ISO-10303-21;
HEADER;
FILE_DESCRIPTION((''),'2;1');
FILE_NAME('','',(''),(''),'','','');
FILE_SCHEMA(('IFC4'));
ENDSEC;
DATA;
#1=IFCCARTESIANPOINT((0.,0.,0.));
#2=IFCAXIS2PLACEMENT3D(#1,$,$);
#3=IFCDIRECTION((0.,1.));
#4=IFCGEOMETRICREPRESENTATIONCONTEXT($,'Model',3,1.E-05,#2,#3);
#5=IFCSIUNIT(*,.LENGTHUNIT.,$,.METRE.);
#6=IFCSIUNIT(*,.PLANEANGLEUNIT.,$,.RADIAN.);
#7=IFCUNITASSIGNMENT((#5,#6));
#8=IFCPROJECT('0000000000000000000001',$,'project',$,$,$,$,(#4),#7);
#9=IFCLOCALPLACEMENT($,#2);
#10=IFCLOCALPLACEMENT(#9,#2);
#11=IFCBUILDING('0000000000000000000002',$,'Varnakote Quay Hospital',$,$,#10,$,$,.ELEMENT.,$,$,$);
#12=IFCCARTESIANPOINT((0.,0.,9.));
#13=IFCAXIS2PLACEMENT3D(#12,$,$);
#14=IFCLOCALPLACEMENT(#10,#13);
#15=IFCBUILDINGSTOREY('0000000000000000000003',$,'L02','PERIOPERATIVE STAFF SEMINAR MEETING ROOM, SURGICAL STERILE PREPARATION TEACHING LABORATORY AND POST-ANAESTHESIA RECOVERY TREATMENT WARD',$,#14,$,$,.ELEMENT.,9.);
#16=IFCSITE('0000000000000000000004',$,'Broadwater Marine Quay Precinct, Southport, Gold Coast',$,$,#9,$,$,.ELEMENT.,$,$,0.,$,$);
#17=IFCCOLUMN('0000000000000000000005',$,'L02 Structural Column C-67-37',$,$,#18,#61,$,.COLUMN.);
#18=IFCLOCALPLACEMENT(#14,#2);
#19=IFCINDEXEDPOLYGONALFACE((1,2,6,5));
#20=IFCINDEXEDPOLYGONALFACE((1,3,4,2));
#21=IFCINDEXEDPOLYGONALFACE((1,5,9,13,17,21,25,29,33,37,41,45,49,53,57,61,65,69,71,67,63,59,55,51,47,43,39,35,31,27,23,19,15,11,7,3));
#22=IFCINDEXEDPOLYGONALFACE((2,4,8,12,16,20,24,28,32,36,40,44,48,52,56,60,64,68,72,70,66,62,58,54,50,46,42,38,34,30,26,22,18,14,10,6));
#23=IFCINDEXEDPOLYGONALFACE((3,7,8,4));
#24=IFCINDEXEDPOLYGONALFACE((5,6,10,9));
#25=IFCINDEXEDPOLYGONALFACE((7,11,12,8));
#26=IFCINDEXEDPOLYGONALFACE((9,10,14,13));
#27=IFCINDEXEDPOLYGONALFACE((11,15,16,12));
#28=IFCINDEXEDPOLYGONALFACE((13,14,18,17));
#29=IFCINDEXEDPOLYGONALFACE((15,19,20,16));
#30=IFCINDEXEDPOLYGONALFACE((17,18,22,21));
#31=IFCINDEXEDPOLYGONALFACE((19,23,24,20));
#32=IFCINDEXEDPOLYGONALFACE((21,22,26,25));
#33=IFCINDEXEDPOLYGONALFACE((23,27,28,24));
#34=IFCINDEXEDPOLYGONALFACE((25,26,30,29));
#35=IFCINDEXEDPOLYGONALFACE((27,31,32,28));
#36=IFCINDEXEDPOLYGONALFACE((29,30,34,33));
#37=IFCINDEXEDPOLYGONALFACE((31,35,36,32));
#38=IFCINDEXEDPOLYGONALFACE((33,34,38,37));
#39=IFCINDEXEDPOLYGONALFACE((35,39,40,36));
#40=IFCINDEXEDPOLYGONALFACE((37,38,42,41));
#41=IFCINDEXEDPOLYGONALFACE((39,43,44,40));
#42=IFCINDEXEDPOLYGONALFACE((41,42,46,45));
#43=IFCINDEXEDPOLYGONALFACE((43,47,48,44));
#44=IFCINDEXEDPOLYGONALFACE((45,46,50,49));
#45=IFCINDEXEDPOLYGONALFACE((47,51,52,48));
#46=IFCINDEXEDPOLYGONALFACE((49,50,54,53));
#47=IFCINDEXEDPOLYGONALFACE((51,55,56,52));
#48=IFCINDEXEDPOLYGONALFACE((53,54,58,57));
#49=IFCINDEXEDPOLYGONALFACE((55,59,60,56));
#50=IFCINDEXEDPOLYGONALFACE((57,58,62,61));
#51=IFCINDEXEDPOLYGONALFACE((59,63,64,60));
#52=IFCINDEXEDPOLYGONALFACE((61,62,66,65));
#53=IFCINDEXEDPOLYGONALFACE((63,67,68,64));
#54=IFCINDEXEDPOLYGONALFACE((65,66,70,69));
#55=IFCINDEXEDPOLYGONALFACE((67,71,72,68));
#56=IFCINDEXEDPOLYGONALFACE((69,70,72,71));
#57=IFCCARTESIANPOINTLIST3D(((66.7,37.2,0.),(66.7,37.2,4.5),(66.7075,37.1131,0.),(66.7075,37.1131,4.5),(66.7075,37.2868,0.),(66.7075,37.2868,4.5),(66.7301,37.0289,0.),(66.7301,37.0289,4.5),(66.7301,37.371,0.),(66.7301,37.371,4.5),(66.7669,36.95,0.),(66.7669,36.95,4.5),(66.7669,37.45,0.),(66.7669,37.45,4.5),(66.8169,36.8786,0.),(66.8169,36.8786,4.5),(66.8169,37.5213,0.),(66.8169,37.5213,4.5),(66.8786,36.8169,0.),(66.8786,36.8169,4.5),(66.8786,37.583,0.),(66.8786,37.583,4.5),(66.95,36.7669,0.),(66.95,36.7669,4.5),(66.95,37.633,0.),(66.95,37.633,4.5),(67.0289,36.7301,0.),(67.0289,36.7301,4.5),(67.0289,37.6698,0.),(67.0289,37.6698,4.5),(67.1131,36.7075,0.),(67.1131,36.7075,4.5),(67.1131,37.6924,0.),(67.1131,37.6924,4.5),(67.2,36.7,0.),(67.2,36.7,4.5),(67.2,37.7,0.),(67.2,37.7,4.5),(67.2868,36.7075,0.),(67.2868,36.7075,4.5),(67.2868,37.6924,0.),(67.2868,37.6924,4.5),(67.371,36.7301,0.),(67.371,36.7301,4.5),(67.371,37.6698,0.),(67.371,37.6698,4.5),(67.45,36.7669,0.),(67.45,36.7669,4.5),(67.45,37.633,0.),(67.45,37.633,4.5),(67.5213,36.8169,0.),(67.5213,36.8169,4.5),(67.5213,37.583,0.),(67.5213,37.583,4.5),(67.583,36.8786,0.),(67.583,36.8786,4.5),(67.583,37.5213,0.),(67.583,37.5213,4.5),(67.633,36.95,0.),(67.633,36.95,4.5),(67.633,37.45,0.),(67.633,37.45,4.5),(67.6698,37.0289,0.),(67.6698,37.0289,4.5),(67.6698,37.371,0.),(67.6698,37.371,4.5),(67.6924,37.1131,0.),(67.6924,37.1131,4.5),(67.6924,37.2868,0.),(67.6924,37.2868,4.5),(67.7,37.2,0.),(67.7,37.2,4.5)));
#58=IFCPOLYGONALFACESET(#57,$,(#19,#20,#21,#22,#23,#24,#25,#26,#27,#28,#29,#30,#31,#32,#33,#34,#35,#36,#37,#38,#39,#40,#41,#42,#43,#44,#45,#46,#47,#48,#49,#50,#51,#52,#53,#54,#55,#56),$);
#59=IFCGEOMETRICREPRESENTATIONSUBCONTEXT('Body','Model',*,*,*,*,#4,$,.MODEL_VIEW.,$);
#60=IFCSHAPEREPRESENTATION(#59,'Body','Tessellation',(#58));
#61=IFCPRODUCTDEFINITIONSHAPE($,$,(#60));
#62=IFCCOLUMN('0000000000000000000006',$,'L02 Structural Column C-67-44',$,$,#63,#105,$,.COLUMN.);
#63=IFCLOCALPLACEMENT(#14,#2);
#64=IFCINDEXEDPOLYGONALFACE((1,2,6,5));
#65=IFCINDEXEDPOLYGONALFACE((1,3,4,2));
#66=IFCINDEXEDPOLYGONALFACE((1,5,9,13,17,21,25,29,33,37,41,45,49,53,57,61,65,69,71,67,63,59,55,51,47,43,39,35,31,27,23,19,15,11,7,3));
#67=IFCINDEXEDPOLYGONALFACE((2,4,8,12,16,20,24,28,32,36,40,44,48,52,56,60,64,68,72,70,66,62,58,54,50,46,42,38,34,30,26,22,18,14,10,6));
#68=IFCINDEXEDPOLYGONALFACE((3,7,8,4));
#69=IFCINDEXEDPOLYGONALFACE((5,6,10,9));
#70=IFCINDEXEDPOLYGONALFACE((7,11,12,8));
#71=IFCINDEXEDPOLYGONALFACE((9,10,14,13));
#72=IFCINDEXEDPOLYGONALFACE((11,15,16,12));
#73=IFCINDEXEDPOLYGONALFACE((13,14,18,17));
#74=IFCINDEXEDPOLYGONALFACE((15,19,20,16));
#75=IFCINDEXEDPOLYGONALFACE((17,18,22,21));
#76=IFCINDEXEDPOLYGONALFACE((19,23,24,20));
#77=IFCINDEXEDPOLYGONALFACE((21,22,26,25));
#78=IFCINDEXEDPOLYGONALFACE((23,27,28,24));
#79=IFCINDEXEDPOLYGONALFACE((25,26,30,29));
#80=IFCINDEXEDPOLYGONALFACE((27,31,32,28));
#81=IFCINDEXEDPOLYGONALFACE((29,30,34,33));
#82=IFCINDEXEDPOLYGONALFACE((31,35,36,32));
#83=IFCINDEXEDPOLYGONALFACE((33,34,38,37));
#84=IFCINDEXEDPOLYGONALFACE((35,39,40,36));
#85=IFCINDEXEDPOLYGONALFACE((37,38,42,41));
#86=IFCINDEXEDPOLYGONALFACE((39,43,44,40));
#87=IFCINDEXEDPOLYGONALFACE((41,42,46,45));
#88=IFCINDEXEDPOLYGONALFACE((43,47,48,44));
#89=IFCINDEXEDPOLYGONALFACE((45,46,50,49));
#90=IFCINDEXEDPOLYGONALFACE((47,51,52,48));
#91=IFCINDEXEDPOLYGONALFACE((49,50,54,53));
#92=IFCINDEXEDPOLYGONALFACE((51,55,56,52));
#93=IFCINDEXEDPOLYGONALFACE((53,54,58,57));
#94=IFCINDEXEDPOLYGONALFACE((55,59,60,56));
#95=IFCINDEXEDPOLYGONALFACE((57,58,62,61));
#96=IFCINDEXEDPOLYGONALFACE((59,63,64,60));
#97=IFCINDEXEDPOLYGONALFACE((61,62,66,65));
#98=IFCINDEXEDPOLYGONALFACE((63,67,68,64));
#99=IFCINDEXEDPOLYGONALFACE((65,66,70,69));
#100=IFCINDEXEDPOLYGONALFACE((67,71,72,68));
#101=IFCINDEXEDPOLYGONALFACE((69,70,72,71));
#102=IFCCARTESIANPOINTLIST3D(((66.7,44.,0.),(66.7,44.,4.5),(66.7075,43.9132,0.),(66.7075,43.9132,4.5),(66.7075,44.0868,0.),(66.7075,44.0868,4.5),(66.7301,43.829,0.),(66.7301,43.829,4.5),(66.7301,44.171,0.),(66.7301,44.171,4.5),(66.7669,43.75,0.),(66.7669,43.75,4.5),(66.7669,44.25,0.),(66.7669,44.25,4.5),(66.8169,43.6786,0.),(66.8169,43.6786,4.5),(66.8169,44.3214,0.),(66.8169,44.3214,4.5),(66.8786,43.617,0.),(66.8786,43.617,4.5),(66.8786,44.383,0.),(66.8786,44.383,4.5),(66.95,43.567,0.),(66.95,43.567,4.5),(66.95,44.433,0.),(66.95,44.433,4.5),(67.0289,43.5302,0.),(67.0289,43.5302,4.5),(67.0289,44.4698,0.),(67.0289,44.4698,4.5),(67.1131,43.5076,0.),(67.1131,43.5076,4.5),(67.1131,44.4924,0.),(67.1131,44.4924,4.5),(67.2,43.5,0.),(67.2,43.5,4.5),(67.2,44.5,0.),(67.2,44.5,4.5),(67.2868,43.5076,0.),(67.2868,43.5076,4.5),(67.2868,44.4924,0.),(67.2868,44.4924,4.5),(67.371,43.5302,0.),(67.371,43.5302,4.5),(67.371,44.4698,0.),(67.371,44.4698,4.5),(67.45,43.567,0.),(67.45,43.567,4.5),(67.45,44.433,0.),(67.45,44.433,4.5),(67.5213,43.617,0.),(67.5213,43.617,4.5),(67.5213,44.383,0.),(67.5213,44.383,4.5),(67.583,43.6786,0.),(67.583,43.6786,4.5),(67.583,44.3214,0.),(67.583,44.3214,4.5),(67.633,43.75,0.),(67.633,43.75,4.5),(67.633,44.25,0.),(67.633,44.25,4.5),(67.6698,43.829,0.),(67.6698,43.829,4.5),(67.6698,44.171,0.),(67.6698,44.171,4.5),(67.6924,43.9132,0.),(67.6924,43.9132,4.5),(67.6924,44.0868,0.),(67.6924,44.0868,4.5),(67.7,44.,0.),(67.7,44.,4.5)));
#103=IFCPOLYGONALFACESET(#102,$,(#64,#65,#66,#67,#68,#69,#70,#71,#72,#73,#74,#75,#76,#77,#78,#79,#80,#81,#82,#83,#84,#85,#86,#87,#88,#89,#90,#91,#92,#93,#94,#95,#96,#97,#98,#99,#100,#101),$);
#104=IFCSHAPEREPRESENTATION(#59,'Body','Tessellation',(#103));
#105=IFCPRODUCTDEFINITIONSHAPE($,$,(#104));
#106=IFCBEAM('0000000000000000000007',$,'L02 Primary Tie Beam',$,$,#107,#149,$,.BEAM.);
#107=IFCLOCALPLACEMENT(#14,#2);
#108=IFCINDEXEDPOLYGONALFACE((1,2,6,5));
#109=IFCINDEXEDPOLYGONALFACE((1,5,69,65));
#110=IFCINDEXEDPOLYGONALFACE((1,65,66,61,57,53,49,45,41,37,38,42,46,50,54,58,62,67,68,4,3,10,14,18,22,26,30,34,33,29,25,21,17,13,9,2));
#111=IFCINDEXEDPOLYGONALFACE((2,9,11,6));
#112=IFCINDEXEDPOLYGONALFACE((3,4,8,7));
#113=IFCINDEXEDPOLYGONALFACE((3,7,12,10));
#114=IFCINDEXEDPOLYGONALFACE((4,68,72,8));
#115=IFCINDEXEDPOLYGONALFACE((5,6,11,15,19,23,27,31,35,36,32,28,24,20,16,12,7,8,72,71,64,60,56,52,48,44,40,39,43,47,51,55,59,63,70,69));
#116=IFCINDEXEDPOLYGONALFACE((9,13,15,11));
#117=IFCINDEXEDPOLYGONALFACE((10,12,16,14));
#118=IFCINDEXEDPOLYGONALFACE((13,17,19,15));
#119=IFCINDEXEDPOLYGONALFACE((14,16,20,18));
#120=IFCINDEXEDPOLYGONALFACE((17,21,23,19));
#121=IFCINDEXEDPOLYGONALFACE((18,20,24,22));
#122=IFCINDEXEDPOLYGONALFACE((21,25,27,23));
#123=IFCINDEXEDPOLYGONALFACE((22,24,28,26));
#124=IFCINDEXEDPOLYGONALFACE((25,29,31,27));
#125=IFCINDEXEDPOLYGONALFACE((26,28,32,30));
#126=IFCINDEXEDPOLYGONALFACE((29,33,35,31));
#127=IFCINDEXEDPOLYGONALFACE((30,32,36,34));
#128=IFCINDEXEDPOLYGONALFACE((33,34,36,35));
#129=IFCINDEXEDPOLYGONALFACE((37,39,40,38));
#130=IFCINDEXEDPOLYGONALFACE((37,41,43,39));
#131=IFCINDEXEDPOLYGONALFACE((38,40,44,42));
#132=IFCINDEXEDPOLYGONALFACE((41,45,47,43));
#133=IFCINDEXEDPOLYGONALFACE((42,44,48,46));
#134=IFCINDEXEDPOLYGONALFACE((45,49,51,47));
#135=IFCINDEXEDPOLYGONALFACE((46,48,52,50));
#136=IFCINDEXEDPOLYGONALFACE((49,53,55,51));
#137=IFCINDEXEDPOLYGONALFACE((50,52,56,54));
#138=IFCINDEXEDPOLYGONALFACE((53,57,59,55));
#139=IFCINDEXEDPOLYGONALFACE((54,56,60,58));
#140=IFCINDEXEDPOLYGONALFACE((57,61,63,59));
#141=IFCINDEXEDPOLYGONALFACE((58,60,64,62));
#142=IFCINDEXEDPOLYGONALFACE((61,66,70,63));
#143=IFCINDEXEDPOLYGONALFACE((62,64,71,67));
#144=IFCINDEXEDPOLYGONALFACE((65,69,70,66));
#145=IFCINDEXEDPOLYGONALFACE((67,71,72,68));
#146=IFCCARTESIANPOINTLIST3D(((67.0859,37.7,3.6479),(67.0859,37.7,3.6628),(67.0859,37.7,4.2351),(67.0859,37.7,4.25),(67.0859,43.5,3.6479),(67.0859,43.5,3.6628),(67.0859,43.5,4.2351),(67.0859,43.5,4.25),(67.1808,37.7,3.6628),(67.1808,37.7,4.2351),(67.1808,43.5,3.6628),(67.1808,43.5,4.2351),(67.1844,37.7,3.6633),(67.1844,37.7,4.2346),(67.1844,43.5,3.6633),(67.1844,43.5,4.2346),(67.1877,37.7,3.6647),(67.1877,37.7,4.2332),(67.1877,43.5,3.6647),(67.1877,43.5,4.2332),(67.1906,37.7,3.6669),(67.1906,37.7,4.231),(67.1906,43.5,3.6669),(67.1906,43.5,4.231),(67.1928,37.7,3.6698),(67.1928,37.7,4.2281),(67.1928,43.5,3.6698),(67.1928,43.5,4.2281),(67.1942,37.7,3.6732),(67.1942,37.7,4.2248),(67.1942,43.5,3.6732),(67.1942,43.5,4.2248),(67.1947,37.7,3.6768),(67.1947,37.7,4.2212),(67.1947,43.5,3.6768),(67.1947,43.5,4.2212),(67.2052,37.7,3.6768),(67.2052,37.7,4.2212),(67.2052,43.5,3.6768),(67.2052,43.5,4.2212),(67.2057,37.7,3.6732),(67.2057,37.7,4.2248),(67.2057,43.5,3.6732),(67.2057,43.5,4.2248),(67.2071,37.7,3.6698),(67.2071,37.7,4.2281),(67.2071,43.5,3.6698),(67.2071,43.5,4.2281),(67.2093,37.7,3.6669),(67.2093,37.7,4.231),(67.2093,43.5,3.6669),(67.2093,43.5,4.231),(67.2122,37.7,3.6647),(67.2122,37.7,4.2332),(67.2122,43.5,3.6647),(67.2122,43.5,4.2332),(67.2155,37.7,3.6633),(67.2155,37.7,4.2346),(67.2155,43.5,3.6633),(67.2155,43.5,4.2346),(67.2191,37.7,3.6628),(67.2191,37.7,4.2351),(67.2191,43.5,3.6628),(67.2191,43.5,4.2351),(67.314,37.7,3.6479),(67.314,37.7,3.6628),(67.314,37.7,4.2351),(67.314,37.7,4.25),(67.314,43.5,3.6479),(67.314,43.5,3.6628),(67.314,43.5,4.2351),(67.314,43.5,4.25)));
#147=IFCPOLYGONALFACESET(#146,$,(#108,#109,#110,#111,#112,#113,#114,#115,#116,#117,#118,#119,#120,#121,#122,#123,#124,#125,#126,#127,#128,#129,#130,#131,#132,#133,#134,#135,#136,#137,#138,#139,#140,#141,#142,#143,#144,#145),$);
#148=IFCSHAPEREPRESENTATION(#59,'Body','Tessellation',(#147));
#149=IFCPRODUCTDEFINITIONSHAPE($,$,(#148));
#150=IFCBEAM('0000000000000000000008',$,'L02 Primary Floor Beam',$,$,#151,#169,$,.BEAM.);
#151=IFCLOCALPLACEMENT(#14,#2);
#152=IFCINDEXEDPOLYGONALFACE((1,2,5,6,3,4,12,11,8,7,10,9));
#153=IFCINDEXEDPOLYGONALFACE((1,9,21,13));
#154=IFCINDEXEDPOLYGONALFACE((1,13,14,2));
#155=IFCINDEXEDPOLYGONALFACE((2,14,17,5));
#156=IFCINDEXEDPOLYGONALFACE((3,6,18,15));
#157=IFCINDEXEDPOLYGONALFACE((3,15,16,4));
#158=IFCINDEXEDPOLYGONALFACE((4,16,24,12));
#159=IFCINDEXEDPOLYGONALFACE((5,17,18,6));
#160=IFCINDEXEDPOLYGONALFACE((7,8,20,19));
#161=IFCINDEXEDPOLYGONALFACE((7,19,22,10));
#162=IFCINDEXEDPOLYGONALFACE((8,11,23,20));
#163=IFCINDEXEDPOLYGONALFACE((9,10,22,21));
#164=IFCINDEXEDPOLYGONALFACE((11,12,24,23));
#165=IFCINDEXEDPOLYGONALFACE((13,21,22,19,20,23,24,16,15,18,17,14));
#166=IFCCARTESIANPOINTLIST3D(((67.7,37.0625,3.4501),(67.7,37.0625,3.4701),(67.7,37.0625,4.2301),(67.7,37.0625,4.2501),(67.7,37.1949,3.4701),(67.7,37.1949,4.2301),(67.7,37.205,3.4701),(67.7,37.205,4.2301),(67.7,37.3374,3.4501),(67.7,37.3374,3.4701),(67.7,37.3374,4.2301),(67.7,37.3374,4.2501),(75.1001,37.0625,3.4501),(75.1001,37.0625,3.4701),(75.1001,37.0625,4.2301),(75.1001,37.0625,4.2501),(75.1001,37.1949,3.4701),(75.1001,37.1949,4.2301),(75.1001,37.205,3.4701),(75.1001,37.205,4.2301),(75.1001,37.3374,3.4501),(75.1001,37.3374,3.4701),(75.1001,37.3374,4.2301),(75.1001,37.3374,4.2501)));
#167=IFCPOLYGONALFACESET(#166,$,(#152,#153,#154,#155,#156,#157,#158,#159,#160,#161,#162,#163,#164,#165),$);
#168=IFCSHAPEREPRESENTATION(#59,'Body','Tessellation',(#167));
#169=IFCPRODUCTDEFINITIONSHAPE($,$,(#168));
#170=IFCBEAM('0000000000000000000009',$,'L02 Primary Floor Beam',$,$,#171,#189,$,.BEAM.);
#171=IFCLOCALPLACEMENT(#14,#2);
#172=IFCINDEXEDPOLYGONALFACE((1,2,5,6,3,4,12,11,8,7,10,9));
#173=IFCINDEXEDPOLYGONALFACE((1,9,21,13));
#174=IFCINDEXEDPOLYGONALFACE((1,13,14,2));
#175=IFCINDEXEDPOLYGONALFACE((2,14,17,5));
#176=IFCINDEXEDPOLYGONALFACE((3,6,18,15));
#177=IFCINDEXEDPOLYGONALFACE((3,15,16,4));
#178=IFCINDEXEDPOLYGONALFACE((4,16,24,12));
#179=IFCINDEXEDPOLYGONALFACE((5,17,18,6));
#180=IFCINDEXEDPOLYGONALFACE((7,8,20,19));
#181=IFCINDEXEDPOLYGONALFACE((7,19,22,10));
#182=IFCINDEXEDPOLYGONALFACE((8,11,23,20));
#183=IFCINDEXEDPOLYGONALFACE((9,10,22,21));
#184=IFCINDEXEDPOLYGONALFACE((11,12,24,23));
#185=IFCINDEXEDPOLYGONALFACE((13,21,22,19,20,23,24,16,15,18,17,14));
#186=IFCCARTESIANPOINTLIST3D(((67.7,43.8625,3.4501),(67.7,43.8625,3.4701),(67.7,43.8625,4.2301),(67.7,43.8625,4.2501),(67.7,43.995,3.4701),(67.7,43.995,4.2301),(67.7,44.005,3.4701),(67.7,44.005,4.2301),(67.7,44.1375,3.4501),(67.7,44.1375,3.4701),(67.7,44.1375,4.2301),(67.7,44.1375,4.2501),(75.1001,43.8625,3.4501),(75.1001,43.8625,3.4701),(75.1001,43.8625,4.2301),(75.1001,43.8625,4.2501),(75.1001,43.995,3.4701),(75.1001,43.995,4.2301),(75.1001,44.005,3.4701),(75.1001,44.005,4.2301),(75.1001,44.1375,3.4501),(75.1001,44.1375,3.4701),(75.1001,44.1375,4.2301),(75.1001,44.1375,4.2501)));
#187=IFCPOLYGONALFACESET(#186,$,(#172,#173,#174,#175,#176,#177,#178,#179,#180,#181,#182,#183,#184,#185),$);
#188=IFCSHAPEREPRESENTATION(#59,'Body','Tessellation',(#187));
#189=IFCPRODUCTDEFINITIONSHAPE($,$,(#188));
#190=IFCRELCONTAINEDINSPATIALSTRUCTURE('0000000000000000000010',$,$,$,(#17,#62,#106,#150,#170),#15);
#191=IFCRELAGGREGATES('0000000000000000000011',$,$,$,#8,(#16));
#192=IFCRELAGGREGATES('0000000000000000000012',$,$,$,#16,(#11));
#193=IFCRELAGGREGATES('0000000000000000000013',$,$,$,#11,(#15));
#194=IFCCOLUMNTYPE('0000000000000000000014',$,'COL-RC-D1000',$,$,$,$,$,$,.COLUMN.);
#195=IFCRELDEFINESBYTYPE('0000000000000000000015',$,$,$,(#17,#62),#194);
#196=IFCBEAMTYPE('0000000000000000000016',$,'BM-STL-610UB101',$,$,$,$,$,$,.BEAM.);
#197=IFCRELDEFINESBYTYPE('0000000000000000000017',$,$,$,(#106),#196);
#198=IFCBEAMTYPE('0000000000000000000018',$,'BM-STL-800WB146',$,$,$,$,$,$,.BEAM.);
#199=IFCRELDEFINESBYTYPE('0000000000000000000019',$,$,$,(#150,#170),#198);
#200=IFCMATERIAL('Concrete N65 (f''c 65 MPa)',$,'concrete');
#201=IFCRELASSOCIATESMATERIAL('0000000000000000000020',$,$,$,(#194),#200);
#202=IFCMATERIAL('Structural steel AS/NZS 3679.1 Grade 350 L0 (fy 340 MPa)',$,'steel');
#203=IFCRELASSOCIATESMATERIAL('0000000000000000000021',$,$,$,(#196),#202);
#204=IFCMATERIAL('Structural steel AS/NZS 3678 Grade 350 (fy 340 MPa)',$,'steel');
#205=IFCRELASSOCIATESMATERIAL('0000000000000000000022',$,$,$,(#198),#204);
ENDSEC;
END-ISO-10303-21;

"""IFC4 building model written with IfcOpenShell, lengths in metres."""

from ifc_helpers import new_model, si_unit, direction, frame, origin, origin_2d, place, context, subcontext, project, spatial, circle, i_section, extrude, material, material_profile, profile_set, type_object, element, save


model = new_model("IFC4")

# Units and contexts
model_context = context("Model", 3, precision=1e-05, world=origin(), true_north=direction((0.0, 1.0)))
body_context = subcontext(model_context, "Body", "Model", "MODEL_VIEW")
ifc_project = project(units=[si_unit("LENGTHUNIT", "METRE"), si_unit("PLANEANGLEUNIT", "RADIAN")], contexts=[model_context])

# Site, building, storey
site_placement = place(None, origin())
site = spatial("IfcSite", under=ifc_project, at=site_placement, Name="Broadwater Marine Quay Precinct, Southport, Gold Coast", CompositionType="ELEMENT", RefElevation=0.0)
building_placement = place(site_placement, origin())
building = spatial("IfcBuilding", under=site, at=building_placement, Name="Varnakote Quay Hospital", CompositionType="ELEMENT")
storey_placement = place(building_placement, frame((0.0, 0.0, 9.0)))
storey = spatial("IfcBuildingStorey", under=building, at=storey_placement, Name="L02", Description="PERIOPERATIVE STAFF SEMINAR MEETING ROOM, SURGICAL STERILE PREPARATION TEACHING LABORATORY AND POST-ANAESTHESIA RECOVERY TREATMENT WARD", CompositionType="ELEMENT", Elevation=9.0)

# Columns
ifc_material_1 = material(Name="Concrete N65 (f'c 65 MPa)", Category="concrete")
ifc_material_profile_1 = material_profile(ifc_material_1, circle(Radius=0.5, at=origin_2d()), Name="RC-COL-D1000")
ifc_profile_set_1 = profile_set([ifc_material_profile_1], Name="Concrete N65 (f'c 65 MPa)")
column_type = type_object("IfcColumnType", Name="COL-RC-D1000", PredefinedType="COLUMN", material=ifc_profile_set_1)
for number, where, z_axis, x_axis, name in (
    (1, (67.2, 37.2, 0.0), (0.0, 0.0, 1.0), (1.0, 0.0, 0.0), "L02 Structural Column C-67-37"),
    (2, (67.2, 44.0, 0.0), (0.0, 0.0, 1.0), (1.0, 0.0, 0.0), "L02 Structural Column C-67-44"),
):
    element("IfcColumn", number, at=place(storey_placement, frame(where, z_axis=z_axis, x_axis=x_axis)), inside=storey, type_object=column_type, Name=name, PredefinedType="COLUMN", context=body_context, shape_type="SweptSolid", body=[
        extrude(circle(Radius=0.5, at=origin_2d()), origin(), (0.0, 0.0, 1.0), 4.5),
    ])

# Beams
ifc_material_2 = material(Name="Structural steel AS/NZS 3679.1 Grade 350 L0 (fy 340 MPa)", Category="steel")
ifc_material_profile_2 = material_profile(ifc_material_2, i_section(OverallWidth=0.228, OverallDepth=0.6021, WebThickness=0.0105, FlangeThickness=0.0149, FilletRadius=0.0139, at=origin_2d()), Name="610UB101")
ifc_profile_set_2 = profile_set([ifc_material_profile_2], Name="Structural steel AS/NZS 3679.1 Grade 350 L0 (fy 340 MPa)")
beam_type_1 = type_object("IfcBeamType", Name="BM-STL-610UB101", PredefinedType="BEAM", material=ifc_profile_set_2)
beam_placement = place(storey_placement, frame((67.2, 37.7, 3.949), z_axis=(0.0, 1.0, 0.0), x_axis=(-1.0, 0.0, 0.0)))
element("IfcBeam", 3, at=beam_placement, inside=storey, type_object=beam_type_1, Name="L02 Primary Tie Beam", PredefinedType="BEAM", context=body_context, shape_type="SweptSolid", body=[
    extrude(i_section(OverallWidth=0.228, OverallDepth=0.6021, WebThickness=0.0105, FlangeThickness=0.0149, FilletRadius=0.0139, at=origin_2d()), origin(), (0.0, 0.0, 1.0), 5.8),
])
ifc_material_3 = material(Name="Structural steel AS/NZS 3678 Grade 350 (fy 340 MPa)", Category="steel")
ifc_material_profile_3 = material_profile(ifc_material_3, i_section(OverallWidth=0.2749, OverallDepth=0.8, WebThickness=0.01, FlangeThickness=0.02, at=origin_2d()), Name="800WB146")
ifc_profile_set_3 = profile_set([ifc_material_profile_3], Name="Structural steel AS/NZS 3678 Grade 350 (fy 340 MPa)")
beam_type_2 = type_object("IfcBeamType", Name="BM-STL-800WB146", PredefinedType="BEAM", material=ifc_profile_set_3)
for number, where, z_axis, x_axis, name in (
    (4, (67.7, 37.2, 3.8501), (1.0, 0.0, 0.0), (0.0, 1.0, 0.0), "L02 Primary Floor Beam"),
    (5, (67.7, 44.0, 3.8501), (1.0, 0.0, 0.0), (0.0, 1.0, 0.0), "L02 Primary Floor Beam"),
):
    element("IfcBeam", number, at=place(storey_placement, frame(where, z_axis=z_axis, x_axis=x_axis)), inside=storey, type_object=beam_type_2, Name=name, PredefinedType="BEAM", context=body_context, shape_type="SweptSolid", body=[
        extrude(i_section(OverallWidth=0.2749, OverallDepth=0.8, WebThickness=0.01, FlangeThickness=0.02, at=origin_2d()), origin(), (0.0, 0.0, 1.0), 7.4001),
    ])

save(model, "model.ifc")
